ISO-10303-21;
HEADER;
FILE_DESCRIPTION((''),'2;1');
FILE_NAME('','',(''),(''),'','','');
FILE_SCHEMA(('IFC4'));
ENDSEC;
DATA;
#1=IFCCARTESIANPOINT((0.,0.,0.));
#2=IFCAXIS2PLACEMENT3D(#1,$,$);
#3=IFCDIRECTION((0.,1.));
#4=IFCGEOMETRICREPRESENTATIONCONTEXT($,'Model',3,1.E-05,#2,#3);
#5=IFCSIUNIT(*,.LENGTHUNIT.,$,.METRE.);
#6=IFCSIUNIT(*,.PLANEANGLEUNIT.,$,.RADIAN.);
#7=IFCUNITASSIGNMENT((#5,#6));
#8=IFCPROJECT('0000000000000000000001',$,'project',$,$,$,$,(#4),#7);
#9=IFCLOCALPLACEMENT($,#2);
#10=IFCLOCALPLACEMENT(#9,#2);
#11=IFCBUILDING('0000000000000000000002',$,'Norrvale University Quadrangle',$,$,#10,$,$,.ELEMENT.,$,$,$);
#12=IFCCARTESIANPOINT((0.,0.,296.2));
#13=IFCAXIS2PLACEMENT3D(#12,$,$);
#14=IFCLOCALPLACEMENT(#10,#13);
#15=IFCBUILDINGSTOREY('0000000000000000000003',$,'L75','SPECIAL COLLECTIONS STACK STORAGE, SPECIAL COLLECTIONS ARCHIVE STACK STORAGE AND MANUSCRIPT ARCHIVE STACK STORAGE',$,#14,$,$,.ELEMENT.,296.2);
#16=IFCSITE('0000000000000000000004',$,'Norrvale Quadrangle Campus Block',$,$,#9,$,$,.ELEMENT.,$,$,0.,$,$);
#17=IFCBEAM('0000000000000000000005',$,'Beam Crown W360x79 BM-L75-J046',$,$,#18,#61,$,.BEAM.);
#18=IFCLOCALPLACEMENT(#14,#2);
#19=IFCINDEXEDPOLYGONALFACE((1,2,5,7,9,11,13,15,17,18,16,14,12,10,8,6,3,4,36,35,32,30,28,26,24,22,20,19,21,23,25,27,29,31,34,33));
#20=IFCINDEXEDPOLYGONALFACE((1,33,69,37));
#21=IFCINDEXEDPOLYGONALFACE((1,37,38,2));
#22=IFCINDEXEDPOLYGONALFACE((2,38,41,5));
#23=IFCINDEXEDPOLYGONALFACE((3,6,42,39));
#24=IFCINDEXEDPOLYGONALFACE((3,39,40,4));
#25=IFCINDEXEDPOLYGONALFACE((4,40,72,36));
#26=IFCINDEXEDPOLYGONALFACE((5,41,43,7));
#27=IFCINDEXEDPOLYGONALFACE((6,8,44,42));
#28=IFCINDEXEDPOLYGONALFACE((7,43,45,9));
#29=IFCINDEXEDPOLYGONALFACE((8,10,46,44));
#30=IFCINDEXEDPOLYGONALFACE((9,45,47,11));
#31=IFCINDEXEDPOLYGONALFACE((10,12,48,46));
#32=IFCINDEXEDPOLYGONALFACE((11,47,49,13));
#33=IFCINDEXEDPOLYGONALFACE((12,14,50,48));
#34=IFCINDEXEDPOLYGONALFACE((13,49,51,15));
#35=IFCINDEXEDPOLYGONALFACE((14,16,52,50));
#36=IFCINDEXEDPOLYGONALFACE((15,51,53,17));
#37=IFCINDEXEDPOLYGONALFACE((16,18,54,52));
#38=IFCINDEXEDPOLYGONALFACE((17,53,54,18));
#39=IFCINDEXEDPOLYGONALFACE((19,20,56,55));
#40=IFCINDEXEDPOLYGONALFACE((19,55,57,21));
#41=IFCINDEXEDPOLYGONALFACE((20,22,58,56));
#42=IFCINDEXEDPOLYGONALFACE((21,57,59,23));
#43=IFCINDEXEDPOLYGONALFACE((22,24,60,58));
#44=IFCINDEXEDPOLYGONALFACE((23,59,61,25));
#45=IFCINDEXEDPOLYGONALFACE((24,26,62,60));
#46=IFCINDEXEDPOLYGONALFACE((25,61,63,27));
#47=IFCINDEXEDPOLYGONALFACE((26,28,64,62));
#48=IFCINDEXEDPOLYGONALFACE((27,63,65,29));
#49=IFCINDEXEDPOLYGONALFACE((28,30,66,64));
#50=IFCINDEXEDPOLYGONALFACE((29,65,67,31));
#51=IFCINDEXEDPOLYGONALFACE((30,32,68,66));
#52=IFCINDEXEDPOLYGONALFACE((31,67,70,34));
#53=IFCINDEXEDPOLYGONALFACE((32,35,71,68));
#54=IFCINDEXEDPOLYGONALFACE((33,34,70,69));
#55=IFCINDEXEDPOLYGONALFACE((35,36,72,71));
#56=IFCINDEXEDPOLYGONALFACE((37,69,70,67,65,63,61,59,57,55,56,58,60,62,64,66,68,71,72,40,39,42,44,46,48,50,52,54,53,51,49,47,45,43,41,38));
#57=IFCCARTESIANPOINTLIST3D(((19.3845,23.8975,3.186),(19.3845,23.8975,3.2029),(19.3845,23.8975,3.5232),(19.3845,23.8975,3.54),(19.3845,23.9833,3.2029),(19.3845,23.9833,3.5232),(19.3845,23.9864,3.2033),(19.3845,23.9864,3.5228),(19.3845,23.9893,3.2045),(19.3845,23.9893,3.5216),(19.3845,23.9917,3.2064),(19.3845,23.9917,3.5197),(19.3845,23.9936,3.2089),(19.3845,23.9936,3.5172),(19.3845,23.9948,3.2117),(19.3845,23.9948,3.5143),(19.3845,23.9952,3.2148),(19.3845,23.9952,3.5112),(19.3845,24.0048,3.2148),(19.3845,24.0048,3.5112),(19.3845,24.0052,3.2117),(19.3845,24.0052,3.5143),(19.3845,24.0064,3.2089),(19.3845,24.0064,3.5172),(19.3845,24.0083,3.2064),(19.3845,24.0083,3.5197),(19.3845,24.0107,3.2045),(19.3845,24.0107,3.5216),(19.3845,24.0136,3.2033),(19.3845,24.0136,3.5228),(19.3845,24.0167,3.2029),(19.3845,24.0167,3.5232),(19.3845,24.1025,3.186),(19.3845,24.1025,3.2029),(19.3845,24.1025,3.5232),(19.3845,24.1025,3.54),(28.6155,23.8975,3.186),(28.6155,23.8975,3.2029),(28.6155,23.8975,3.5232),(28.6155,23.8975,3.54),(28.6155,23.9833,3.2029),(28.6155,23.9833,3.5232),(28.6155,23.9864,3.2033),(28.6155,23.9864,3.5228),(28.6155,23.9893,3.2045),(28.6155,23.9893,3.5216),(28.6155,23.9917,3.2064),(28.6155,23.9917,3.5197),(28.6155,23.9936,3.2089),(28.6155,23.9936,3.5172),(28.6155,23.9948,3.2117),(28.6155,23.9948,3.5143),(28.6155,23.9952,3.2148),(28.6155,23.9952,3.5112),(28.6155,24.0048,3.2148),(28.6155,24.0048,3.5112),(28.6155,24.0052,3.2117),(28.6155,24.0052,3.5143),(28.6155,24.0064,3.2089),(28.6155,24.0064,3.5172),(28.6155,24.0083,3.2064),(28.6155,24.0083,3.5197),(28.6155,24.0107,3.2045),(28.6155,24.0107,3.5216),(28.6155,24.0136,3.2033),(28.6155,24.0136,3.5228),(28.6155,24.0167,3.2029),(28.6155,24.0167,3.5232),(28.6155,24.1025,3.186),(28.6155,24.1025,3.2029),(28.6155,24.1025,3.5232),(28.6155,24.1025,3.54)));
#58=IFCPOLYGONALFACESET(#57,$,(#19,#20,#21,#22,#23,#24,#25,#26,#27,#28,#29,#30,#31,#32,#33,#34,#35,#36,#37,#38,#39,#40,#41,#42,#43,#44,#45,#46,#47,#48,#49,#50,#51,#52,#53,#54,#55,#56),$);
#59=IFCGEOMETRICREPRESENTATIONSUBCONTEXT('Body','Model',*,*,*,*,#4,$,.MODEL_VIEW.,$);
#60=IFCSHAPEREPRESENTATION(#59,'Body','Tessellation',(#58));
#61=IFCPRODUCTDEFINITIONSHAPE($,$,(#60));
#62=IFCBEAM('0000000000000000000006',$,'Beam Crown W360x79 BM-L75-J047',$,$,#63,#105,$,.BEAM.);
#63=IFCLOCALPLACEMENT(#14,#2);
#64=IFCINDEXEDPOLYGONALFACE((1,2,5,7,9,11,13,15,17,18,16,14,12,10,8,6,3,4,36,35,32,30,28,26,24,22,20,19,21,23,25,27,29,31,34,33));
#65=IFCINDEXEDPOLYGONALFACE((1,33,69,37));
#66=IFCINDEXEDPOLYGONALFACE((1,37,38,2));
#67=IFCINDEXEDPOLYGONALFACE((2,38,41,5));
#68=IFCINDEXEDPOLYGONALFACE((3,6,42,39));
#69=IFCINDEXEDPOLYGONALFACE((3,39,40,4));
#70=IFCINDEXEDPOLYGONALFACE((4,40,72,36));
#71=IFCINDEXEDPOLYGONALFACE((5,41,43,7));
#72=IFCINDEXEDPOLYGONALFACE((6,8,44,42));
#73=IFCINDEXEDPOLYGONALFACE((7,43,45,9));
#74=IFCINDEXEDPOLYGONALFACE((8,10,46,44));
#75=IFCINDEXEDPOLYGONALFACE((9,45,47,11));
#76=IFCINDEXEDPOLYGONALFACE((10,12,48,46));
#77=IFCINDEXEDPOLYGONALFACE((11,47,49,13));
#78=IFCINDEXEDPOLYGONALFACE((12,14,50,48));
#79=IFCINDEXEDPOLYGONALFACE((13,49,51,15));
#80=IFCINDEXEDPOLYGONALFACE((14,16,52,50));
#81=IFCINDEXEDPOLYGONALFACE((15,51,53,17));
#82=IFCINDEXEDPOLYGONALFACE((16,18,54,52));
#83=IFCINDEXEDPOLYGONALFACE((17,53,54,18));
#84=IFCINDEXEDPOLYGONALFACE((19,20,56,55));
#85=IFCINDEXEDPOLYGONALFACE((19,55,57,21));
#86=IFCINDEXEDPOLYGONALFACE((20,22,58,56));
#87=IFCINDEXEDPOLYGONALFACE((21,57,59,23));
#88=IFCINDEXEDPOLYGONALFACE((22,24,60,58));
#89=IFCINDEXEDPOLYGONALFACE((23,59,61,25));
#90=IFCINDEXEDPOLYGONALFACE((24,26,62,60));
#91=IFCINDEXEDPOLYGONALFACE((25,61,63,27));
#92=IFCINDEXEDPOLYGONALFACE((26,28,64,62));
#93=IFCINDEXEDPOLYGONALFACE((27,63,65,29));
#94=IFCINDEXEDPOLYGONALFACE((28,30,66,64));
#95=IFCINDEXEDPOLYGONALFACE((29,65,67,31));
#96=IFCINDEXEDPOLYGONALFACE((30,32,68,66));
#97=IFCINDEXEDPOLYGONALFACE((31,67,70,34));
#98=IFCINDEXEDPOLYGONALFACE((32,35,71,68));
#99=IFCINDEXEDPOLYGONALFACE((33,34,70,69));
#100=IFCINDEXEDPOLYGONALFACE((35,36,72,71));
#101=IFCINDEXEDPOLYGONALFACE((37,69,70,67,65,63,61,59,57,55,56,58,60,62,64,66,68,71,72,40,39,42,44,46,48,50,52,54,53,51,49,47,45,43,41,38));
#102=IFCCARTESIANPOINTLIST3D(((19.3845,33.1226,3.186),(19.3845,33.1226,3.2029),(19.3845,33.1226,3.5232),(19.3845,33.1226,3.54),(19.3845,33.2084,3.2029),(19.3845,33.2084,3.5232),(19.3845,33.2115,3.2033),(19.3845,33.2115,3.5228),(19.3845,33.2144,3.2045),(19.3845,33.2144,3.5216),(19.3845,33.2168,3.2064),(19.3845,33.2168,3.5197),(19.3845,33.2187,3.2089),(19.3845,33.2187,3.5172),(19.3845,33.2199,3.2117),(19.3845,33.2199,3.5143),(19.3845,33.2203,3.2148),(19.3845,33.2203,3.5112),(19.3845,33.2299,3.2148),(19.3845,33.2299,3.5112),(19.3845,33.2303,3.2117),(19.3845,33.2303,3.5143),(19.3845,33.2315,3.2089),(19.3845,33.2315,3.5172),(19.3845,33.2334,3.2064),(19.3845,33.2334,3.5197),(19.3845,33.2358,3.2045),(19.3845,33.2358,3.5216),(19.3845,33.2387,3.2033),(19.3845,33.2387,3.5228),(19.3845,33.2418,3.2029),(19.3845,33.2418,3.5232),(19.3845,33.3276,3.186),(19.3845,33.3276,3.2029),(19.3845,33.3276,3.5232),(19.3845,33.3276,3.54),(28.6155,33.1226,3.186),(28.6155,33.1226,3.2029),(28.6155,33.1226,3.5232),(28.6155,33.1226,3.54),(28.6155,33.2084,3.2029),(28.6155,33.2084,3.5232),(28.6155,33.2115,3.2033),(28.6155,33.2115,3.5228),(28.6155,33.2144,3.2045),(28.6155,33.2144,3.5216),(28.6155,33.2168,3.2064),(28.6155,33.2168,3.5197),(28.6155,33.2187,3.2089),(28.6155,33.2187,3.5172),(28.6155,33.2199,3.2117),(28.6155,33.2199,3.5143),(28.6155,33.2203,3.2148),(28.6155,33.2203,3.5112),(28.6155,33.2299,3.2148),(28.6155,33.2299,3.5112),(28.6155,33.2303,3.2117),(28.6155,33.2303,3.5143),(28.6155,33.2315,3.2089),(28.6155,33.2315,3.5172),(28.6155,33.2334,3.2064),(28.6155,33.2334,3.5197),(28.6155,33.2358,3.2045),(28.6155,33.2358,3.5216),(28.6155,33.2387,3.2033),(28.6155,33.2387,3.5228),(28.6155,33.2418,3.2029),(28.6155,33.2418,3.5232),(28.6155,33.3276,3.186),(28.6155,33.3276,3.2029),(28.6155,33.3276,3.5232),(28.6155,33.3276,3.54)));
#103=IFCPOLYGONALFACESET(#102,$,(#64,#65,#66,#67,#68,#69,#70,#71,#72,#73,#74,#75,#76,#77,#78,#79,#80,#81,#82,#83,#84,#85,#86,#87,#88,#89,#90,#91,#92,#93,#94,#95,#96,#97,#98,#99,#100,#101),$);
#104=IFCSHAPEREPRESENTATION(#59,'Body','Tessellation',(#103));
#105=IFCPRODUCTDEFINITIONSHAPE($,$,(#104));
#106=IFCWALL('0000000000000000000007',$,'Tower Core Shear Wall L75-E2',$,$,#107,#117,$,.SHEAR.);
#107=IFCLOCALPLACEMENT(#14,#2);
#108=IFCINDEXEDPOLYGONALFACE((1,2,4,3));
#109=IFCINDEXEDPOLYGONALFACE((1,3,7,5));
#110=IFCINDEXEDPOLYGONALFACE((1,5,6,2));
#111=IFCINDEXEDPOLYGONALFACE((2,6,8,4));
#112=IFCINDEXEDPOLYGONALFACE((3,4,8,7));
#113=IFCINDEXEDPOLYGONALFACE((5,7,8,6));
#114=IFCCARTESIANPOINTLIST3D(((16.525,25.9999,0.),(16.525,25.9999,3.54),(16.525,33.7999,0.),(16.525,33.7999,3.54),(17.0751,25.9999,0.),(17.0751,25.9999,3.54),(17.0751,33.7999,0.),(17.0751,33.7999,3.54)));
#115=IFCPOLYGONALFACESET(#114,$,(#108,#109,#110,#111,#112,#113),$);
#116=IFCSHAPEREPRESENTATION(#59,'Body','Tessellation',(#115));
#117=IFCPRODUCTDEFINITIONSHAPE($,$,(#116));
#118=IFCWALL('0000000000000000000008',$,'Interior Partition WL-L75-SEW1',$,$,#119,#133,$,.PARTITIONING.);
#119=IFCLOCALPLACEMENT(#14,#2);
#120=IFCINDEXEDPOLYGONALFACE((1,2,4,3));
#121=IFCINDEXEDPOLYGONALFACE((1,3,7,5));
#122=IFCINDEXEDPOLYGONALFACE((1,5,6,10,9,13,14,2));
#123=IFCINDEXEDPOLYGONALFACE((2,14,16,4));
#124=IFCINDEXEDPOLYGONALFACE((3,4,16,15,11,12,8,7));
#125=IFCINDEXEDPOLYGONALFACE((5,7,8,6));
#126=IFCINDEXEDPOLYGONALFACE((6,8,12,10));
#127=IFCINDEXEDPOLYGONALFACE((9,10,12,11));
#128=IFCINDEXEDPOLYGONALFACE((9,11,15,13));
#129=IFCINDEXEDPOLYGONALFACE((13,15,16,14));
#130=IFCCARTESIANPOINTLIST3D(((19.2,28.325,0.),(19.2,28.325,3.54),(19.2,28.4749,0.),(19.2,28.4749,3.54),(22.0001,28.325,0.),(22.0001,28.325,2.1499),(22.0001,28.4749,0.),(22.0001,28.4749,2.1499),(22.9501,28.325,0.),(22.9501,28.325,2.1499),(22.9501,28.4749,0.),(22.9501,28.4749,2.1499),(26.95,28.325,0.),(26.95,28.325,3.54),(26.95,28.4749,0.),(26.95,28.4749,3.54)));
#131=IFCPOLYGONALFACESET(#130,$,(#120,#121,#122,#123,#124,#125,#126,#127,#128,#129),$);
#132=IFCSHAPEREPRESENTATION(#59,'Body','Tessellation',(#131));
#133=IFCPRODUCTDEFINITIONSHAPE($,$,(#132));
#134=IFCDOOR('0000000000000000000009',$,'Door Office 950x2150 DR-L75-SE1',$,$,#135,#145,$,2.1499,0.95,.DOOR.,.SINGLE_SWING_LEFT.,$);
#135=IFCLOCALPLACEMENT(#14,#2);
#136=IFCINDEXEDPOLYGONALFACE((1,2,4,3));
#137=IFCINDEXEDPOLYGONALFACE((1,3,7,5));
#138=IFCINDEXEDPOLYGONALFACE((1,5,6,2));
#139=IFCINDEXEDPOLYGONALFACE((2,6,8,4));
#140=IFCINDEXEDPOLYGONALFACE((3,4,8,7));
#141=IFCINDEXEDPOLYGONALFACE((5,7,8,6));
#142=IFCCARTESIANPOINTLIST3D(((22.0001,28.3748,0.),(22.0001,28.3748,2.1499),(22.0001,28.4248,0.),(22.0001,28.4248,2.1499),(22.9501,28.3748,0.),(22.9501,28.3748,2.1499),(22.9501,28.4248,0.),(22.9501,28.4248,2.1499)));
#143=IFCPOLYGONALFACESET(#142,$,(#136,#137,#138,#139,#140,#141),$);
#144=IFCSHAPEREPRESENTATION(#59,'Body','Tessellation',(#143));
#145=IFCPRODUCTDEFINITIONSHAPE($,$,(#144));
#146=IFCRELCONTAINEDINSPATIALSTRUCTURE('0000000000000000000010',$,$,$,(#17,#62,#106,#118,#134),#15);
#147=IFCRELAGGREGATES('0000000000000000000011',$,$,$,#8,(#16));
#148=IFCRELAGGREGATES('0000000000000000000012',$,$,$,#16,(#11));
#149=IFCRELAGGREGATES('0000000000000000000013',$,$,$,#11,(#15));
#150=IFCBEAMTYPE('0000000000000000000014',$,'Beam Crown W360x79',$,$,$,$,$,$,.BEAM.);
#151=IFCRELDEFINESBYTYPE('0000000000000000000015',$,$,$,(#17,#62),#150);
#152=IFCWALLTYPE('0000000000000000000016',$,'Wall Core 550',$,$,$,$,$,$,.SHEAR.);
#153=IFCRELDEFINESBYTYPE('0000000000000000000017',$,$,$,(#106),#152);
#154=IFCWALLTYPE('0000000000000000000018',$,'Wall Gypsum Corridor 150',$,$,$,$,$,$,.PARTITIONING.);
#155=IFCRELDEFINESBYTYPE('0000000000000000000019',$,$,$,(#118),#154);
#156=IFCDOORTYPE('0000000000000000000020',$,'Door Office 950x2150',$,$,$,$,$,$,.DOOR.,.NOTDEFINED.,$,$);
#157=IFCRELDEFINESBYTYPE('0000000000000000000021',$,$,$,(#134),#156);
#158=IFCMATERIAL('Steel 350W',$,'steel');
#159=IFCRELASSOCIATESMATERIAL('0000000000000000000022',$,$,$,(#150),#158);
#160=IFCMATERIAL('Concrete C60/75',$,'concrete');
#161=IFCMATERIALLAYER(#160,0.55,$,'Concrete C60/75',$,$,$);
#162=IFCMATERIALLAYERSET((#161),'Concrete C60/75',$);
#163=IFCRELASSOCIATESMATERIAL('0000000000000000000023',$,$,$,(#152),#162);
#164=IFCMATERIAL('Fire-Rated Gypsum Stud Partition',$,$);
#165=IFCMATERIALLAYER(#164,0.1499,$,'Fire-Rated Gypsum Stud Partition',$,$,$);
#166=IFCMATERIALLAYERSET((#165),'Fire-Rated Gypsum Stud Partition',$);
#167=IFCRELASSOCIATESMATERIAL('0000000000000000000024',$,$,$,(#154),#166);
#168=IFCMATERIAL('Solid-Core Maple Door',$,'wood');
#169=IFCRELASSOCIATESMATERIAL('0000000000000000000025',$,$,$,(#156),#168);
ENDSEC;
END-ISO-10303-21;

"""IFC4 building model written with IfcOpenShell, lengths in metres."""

from ifc_helpers import new_model, si_unit, direction, frame, frame_2d, origin, origin_2d, place, context, subcontext, project, spatial, rectangle, i_section, extrude, material, layer, layer_set, material_profile, profile_set, type_object, element, fill, save


model = new_model("IFC4")

# Units and contexts
model_context = context("Model", 3, precision=1e-05, world=origin(), true_north=direction((0.0, 1.0)))
body_context = subcontext(model_context, "Body", "Model", "MODEL_VIEW")
ifc_project = project(units=[si_unit("LENGTHUNIT", "METRE"), si_unit("PLANEANGLEUNIT", "RADIAN")], contexts=[model_context])

# Site, building, storey
site_placement = place(None, origin())
site = spatial("IfcSite", under=ifc_project, at=site_placement, Name="Norrvale Quadrangle Campus Block", CompositionType="ELEMENT", RefElevation=0.0)
building_placement = place(site_placement, origin())
building = spatial("IfcBuilding", under=site, at=building_placement, Name="Norrvale University Quadrangle", CompositionType="ELEMENT")
storey_placement = place(building_placement, frame((0.0, 0.0, 296.2)))
storey = spatial("IfcBuildingStorey", under=building, at=storey_placement, Name="L75", Description="SPECIAL COLLECTIONS STACK STORAGE, SPECIAL COLLECTIONS ARCHIVE STACK STORAGE AND MANUSCRIPT ARCHIVE STACK STORAGE", CompositionType="ELEMENT", Elevation=296.2)

# Shared definitions
ifc_material_1 = material(Name="Concrete C60/75", Category="concrete")

# Beams
ifc_material_2 = material(Name="Steel 350W", Category="steel")
ifc_material_profile_1 = material_profile(ifc_material_2, i_section(OverallWidth=0.2051, OverallDepth=0.354, WebThickness=0.0095, FlangeThickness=0.0168, FilletRadius=0.012, at=origin_2d()), Name="Steel 350W")
ifc_profile_set_1 = profile_set([ifc_material_profile_1], Name="Steel 350W")
beam_type_1 = type_object("IfcBeamType", Name="Beam Crown W360x79", PredefinedType="BEAM", material=ifc_profile_set_1)
for number, where, z_axis, x_axis, name in (
    (1, (19.3845, 24.0, 3.363), (1.0, 0.0, 0.0), (0.0, 1.0, 0.0), "Beam Crown W360x79 BM-L75-J046"),
    (2, (19.3845, 33.2251, 3.363), (1.0, 0.0, 0.0), (0.0, 1.0, 0.0), "Beam Crown W360x79 BM-L75-J047"),
):
    element("IfcBeam", number, at=place(storey_placement, frame(where, z_axis=z_axis, x_axis=x_axis)), inside=storey, type_object=beam_type_1, Name=name, PredefinedType="BEAM", context=body_context, shape_type="SweptSolid", body=[
        extrude(i_section(OverallWidth=0.2051, OverallDepth=0.354, WebThickness=0.0095, FlangeThickness=0.0168, FilletRadius=0.012, at=origin_2d()), origin(), (0.0, 0.0, 1.0), 9.231),
    ])

# Wall
ifc_layer_1 = layer(ifc_material_1, 0.55, Name="Concrete C60/75")
ifc_layer_set_1 = layer_set([ifc_layer_1], Name="Concrete C60/75")
wall_type_1 = type_object("IfcWallType", Name="Wall Core 550", PredefinedType="SHEAR", material=ifc_layer_set_1)
wall_1_placement = place(storey_placement, frame((16.8, 26.0, 0.0), z_axis=(0.0, 0.0, 1.0), x_axis=(0.0, 1.0, 0.0)))
element("IfcWall", 3, at=wall_1_placement, inside=storey, type_object=wall_type_1, Name="Tower Core Shear Wall L75-E2", PredefinedType="SHEAR", context=body_context, shape_type="SweptSolid", body=[
    extrude(rectangle(XDim=7.8, YDim=0.55, at=frame_2d((3.8999, 0.0))), origin(), (0.0, 0.0, 1.0), 3.54),
])

# Wall, opening, door
ifc_material_3 = material(Name="Fire-Rated Gypsum Stud Partition")
ifc_layer_2 = layer(ifc_material_3, 0.1499, Name="Fire-Rated Gypsum Stud Partition")
ifc_layer_set_2 = layer_set([ifc_layer_2], Name="Fire-Rated Gypsum Stud Partition")
wall_type_2 = type_object("IfcWallType", Name="Wall Gypsum Corridor 150", PredefinedType="PARTITIONING", material=ifc_layer_set_2)
wall_2_placement = place(storey_placement, frame((19.2, 28.3999, 0.0), z_axis=(0.0, 0.0, 1.0), x_axis=(1.0, 0.0, 0.0)))
wall_2 = element("IfcWall", 4, at=wall_2_placement, inside=storey, type_object=wall_type_2, Name="Interior Partition WL-L75-SEW1", PredefinedType="PARTITIONING", context=body_context, shape_type="SweptSolid", body=[
    extrude(rectangle(XDim=7.75, YDim=0.1499, at=frame_2d((3.875, 0.0))), origin(), (0.0, 0.0, 1.0), 3.54),
])
opening_1_placement = place(wall_2_placement, frame((2.8, 0.0, 0.0)))
opening_1 = element("IfcOpeningElement", 5, at=opening_1_placement, cuts=wall_2, PredefinedType="OPENING", context=body_context, shape_type="SweptSolid", body=[
    extrude(rectangle(XDim=0.95, YDim=2.1499, at=frame_2d((0.4751, 1.075))), frame((0.0, 0.0869, 0.0), z_axis=(0.0, -1.0, 0.0), x_axis=(1.0, 0.0, 0.0)), (0.0, 0.0, 1.0), 0.1738),
])
ifc_material_4 = material(Name="Solid-Core Maple Door", Category="wood")
door_type = type_object("IfcDoorType", Name="Door Office 950x2150", OperationType="NOTDEFINED", PredefinedType="DOOR", material=ifc_material_4)
door_1_placement = place(opening_1_placement, origin())
door_1 = element("IfcDoor", 6, at=door_1_placement, inside=storey, type_object=door_type, Name="Door Office 950x2150 DR-L75-SE1", OperationType="SINGLE_SWING_LEFT", OverallHeight=2.1499, OverallWidth=0.95, PredefinedType="DOOR", context=body_context, shape_type="SweptSolid", body=[
    extrude(rectangle(XDim=0.95, YDim=2.1499, at=frame_2d((0.4751, 1.075))), frame((0.0, 0.0249, 0.0), z_axis=(0.0, -1.0, 0.0), x_axis=(1.0, 0.0, 0.0)), (0.0, 0.0, 1.0), 0.05),
])
fill(opening_1, door_1)

save(model, "model.ifc")
